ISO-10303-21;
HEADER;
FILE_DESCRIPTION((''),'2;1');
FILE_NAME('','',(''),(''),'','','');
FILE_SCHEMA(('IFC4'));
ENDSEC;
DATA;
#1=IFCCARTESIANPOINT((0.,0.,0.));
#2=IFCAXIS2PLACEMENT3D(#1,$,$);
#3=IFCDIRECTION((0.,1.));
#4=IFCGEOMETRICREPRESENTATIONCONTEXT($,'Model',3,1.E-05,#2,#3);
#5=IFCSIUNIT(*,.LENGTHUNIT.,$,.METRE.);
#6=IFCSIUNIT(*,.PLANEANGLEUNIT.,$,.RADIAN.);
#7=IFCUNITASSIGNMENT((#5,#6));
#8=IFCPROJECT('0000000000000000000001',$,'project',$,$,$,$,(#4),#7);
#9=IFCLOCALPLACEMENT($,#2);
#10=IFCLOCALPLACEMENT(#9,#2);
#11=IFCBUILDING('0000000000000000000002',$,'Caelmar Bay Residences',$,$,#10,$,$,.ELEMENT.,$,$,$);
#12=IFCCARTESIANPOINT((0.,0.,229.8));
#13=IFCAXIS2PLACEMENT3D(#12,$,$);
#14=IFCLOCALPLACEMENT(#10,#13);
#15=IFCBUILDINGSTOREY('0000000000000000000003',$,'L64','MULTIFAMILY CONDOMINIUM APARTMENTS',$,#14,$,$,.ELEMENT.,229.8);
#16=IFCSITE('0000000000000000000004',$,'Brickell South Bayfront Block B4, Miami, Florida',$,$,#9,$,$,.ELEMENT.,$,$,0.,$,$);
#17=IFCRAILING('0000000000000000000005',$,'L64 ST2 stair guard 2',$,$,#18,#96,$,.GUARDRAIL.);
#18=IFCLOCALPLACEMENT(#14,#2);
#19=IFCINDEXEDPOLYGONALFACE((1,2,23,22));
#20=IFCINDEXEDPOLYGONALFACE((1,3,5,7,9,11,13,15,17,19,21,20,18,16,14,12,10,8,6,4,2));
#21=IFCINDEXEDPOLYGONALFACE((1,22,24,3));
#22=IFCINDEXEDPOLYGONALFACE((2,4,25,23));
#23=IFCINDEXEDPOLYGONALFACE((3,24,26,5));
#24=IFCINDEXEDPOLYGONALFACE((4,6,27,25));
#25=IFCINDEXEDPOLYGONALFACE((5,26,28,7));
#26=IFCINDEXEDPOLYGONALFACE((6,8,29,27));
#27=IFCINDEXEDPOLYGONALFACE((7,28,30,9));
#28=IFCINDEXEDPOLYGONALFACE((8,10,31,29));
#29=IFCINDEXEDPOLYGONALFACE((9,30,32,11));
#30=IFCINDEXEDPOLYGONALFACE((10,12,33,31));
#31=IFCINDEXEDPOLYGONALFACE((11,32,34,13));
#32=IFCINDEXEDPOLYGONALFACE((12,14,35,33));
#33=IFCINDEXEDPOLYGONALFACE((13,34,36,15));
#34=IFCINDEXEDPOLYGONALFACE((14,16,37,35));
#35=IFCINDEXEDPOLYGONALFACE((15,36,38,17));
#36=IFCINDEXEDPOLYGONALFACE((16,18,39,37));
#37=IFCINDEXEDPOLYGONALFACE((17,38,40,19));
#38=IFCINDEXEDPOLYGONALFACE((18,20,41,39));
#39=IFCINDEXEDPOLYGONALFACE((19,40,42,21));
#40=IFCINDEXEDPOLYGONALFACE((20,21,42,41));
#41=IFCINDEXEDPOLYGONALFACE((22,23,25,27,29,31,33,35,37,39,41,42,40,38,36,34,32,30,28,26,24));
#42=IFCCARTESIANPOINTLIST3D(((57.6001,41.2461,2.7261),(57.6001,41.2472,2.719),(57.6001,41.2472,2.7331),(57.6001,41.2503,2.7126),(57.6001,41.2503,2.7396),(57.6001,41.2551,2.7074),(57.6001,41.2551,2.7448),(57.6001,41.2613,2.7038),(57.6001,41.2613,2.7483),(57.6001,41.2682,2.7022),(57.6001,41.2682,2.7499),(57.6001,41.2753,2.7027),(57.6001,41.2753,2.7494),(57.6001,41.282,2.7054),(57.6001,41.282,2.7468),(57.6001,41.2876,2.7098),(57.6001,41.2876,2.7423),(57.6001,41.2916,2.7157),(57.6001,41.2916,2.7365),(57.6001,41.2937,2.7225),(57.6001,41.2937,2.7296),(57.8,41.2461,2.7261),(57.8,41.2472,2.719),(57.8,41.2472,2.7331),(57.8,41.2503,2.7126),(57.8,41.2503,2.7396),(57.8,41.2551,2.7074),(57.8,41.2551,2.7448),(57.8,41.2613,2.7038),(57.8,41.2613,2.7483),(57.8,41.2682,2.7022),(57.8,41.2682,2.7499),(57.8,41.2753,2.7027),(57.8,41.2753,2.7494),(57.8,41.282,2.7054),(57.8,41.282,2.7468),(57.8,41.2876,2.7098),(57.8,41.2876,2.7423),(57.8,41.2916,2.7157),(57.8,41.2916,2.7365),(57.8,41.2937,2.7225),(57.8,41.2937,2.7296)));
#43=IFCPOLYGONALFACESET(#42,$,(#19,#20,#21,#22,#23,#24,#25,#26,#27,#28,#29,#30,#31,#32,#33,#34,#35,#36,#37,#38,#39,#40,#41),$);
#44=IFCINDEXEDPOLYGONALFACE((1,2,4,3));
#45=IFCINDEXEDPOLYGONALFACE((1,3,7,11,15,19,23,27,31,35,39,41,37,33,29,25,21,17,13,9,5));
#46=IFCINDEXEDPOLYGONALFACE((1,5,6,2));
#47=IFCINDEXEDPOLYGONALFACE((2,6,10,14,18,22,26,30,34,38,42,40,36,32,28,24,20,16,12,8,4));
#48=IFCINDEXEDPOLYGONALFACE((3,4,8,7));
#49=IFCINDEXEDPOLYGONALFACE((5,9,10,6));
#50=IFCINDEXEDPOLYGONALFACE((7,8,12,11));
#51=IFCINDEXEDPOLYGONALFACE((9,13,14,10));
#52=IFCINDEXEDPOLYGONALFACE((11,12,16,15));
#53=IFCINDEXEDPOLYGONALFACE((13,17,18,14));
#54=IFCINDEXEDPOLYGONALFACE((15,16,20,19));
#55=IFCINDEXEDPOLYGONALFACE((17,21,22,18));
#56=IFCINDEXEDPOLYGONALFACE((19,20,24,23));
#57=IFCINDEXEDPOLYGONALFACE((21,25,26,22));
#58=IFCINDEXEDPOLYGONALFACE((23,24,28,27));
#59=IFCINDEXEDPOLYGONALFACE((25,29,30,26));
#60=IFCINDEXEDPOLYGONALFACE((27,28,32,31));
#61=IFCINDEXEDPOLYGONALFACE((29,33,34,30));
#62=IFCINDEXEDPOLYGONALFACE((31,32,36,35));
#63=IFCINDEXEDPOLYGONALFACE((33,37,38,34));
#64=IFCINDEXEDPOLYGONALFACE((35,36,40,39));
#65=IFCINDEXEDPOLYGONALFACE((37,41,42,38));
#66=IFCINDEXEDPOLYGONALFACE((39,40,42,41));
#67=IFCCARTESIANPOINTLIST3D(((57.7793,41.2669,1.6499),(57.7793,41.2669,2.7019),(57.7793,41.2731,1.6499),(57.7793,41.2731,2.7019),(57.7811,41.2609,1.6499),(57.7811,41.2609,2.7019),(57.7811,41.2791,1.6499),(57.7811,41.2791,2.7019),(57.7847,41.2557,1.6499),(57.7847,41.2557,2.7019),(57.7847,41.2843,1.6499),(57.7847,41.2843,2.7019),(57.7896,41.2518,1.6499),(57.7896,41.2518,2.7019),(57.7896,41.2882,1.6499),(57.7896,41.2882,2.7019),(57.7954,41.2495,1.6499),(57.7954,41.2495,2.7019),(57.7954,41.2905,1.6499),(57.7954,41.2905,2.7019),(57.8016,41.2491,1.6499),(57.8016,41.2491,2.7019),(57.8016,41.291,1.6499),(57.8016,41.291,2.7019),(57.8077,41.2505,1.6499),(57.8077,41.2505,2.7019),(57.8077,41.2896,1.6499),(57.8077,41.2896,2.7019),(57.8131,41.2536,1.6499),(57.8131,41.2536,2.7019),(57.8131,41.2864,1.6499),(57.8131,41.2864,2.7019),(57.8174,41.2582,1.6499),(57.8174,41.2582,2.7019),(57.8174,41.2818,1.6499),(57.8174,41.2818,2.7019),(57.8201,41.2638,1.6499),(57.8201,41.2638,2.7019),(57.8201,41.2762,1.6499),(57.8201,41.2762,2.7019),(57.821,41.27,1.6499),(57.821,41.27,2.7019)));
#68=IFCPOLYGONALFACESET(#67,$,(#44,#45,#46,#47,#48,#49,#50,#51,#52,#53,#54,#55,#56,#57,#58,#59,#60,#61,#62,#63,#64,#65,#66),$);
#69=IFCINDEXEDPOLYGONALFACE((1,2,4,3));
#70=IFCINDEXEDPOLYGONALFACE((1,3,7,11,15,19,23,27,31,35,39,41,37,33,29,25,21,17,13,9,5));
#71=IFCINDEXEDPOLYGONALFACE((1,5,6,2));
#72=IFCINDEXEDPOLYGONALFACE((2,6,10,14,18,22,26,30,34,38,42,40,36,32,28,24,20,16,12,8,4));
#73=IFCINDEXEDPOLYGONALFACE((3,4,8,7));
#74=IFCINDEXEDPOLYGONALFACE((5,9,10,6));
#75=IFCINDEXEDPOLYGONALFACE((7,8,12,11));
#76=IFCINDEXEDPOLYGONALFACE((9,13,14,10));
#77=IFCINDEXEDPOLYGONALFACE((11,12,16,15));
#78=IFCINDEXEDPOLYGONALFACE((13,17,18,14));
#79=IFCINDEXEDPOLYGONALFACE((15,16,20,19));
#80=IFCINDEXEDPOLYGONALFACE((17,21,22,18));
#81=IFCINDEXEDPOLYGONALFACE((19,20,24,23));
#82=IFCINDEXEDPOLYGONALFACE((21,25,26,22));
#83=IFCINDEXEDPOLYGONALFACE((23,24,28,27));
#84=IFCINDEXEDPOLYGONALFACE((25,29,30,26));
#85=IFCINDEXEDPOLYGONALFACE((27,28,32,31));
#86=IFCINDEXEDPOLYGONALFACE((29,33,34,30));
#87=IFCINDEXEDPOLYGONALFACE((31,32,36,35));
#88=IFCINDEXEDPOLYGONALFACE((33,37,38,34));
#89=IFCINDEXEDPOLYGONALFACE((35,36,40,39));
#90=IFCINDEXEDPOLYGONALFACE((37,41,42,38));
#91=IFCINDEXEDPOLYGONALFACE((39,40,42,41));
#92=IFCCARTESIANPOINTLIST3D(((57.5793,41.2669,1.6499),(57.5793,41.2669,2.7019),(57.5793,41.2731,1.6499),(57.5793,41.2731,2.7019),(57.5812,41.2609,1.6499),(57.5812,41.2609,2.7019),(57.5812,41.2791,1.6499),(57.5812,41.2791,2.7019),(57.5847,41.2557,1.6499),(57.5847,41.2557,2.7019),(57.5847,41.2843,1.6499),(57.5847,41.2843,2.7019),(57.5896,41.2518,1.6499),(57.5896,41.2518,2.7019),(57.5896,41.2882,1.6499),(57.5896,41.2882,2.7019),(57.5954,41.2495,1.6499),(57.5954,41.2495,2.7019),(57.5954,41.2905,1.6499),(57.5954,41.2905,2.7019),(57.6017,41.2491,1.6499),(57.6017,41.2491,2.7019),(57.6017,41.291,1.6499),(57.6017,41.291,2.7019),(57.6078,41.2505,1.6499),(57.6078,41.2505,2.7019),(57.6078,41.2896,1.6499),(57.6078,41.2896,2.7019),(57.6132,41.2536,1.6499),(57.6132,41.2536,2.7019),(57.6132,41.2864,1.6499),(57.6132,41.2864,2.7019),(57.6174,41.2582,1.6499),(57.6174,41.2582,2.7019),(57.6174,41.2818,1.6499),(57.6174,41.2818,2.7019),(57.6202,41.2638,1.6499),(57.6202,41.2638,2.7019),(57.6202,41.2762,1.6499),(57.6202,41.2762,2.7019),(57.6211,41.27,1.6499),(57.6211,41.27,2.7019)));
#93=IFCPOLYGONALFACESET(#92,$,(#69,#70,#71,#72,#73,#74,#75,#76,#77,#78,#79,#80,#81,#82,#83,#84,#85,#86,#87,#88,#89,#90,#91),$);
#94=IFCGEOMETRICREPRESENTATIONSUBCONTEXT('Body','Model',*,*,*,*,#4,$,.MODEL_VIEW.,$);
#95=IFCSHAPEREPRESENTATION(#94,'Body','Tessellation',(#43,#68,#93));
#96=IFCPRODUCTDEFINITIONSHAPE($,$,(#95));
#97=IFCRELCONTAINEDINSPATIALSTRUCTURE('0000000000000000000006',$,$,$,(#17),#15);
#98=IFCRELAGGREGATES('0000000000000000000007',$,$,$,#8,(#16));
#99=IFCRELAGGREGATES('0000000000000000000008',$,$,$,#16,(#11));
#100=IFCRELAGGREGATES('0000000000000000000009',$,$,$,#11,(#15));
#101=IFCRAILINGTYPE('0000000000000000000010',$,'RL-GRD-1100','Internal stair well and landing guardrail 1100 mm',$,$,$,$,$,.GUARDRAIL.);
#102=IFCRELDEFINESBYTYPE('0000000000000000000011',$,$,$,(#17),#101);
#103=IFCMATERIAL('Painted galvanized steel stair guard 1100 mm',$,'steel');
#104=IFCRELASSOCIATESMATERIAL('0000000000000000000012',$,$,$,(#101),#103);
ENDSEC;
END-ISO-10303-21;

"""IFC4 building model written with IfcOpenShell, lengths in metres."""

from ifc_helpers import new_model, si_unit, direction, frame, origin, origin_2d, place, context, subcontext, project, spatial, circle, extrude, material, type_object, element, save


model = new_model("IFC4")

# Units and contexts
model_context = context("Model", 3, precision=1e-05, world=origin(), true_north=direction((0.0, 1.0)))
body_context = subcontext(model_context, "Body", "Model", "MODEL_VIEW")
ifc_project = project(units=[si_unit("LENGTHUNIT", "METRE"), si_unit("PLANEANGLEUNIT", "RADIAN")], contexts=[model_context])

# Site, building, storey
site_placement = place(None, origin())
site = spatial("IfcSite", under=ifc_project, at=site_placement, Name="Brickell South Bayfront Block B4, Miami, Florida", CompositionType="ELEMENT", RefElevation=0.0)
building_placement = place(site_placement, origin())
building = spatial("IfcBuilding", under=site, at=building_placement, Name="Caelmar Bay Residences", CompositionType="ELEMENT")
storey_placement = place(building_placement, frame((0.0, 0.0, 229.8)))
storey = spatial("IfcBuildingStorey", under=building, at=storey_placement, Name="L64", Description="MULTIFAMILY CONDOMINIUM APARTMENTS", CompositionType="ELEMENT", Elevation=229.8)

# Railing
ifc_material_1 = material(Name="Painted galvanized steel stair guard 1100 mm", Category="steel")
railing_type_1 = type_object("IfcRailingType", Name="RL-GRD-1100", Description="Internal stair well and landing guardrail 1100 mm", PredefinedType="GUARDRAIL", material=ifc_material_1)
railing_1_placement = place(storey_placement, frame((57.8, 41.27, 1.6499)))
element("IfcRailing", 1, at=railing_1_placement, inside=storey, type_object=railing_type_1, Name="L64 ST2 stair guard 2", PredefinedType="GUARDRAIL", context=body_context, shape_type="SweptSolid", body=[
    extrude(circle(Radius=0.0239, at=origin_2d()), frame((0.0, 0.0, 1.0762), z_axis=(-1.0, 0.0, 0.0), x_axis=(0.0, -1.0, 0.0)), (0.0, 0.0, 1.0), 0.2),
    extrude(circle(Radius=0.021, at=origin_2d()), origin(), (0.0, 0.0, 1.0), 1.052),
    extrude(circle(Radius=0.021, at=origin_2d()), frame((-0.2, 0.0, 0.0)), (0.0, 0.0, 1.0), 1.052),
])

save(model, "model.ifc")
